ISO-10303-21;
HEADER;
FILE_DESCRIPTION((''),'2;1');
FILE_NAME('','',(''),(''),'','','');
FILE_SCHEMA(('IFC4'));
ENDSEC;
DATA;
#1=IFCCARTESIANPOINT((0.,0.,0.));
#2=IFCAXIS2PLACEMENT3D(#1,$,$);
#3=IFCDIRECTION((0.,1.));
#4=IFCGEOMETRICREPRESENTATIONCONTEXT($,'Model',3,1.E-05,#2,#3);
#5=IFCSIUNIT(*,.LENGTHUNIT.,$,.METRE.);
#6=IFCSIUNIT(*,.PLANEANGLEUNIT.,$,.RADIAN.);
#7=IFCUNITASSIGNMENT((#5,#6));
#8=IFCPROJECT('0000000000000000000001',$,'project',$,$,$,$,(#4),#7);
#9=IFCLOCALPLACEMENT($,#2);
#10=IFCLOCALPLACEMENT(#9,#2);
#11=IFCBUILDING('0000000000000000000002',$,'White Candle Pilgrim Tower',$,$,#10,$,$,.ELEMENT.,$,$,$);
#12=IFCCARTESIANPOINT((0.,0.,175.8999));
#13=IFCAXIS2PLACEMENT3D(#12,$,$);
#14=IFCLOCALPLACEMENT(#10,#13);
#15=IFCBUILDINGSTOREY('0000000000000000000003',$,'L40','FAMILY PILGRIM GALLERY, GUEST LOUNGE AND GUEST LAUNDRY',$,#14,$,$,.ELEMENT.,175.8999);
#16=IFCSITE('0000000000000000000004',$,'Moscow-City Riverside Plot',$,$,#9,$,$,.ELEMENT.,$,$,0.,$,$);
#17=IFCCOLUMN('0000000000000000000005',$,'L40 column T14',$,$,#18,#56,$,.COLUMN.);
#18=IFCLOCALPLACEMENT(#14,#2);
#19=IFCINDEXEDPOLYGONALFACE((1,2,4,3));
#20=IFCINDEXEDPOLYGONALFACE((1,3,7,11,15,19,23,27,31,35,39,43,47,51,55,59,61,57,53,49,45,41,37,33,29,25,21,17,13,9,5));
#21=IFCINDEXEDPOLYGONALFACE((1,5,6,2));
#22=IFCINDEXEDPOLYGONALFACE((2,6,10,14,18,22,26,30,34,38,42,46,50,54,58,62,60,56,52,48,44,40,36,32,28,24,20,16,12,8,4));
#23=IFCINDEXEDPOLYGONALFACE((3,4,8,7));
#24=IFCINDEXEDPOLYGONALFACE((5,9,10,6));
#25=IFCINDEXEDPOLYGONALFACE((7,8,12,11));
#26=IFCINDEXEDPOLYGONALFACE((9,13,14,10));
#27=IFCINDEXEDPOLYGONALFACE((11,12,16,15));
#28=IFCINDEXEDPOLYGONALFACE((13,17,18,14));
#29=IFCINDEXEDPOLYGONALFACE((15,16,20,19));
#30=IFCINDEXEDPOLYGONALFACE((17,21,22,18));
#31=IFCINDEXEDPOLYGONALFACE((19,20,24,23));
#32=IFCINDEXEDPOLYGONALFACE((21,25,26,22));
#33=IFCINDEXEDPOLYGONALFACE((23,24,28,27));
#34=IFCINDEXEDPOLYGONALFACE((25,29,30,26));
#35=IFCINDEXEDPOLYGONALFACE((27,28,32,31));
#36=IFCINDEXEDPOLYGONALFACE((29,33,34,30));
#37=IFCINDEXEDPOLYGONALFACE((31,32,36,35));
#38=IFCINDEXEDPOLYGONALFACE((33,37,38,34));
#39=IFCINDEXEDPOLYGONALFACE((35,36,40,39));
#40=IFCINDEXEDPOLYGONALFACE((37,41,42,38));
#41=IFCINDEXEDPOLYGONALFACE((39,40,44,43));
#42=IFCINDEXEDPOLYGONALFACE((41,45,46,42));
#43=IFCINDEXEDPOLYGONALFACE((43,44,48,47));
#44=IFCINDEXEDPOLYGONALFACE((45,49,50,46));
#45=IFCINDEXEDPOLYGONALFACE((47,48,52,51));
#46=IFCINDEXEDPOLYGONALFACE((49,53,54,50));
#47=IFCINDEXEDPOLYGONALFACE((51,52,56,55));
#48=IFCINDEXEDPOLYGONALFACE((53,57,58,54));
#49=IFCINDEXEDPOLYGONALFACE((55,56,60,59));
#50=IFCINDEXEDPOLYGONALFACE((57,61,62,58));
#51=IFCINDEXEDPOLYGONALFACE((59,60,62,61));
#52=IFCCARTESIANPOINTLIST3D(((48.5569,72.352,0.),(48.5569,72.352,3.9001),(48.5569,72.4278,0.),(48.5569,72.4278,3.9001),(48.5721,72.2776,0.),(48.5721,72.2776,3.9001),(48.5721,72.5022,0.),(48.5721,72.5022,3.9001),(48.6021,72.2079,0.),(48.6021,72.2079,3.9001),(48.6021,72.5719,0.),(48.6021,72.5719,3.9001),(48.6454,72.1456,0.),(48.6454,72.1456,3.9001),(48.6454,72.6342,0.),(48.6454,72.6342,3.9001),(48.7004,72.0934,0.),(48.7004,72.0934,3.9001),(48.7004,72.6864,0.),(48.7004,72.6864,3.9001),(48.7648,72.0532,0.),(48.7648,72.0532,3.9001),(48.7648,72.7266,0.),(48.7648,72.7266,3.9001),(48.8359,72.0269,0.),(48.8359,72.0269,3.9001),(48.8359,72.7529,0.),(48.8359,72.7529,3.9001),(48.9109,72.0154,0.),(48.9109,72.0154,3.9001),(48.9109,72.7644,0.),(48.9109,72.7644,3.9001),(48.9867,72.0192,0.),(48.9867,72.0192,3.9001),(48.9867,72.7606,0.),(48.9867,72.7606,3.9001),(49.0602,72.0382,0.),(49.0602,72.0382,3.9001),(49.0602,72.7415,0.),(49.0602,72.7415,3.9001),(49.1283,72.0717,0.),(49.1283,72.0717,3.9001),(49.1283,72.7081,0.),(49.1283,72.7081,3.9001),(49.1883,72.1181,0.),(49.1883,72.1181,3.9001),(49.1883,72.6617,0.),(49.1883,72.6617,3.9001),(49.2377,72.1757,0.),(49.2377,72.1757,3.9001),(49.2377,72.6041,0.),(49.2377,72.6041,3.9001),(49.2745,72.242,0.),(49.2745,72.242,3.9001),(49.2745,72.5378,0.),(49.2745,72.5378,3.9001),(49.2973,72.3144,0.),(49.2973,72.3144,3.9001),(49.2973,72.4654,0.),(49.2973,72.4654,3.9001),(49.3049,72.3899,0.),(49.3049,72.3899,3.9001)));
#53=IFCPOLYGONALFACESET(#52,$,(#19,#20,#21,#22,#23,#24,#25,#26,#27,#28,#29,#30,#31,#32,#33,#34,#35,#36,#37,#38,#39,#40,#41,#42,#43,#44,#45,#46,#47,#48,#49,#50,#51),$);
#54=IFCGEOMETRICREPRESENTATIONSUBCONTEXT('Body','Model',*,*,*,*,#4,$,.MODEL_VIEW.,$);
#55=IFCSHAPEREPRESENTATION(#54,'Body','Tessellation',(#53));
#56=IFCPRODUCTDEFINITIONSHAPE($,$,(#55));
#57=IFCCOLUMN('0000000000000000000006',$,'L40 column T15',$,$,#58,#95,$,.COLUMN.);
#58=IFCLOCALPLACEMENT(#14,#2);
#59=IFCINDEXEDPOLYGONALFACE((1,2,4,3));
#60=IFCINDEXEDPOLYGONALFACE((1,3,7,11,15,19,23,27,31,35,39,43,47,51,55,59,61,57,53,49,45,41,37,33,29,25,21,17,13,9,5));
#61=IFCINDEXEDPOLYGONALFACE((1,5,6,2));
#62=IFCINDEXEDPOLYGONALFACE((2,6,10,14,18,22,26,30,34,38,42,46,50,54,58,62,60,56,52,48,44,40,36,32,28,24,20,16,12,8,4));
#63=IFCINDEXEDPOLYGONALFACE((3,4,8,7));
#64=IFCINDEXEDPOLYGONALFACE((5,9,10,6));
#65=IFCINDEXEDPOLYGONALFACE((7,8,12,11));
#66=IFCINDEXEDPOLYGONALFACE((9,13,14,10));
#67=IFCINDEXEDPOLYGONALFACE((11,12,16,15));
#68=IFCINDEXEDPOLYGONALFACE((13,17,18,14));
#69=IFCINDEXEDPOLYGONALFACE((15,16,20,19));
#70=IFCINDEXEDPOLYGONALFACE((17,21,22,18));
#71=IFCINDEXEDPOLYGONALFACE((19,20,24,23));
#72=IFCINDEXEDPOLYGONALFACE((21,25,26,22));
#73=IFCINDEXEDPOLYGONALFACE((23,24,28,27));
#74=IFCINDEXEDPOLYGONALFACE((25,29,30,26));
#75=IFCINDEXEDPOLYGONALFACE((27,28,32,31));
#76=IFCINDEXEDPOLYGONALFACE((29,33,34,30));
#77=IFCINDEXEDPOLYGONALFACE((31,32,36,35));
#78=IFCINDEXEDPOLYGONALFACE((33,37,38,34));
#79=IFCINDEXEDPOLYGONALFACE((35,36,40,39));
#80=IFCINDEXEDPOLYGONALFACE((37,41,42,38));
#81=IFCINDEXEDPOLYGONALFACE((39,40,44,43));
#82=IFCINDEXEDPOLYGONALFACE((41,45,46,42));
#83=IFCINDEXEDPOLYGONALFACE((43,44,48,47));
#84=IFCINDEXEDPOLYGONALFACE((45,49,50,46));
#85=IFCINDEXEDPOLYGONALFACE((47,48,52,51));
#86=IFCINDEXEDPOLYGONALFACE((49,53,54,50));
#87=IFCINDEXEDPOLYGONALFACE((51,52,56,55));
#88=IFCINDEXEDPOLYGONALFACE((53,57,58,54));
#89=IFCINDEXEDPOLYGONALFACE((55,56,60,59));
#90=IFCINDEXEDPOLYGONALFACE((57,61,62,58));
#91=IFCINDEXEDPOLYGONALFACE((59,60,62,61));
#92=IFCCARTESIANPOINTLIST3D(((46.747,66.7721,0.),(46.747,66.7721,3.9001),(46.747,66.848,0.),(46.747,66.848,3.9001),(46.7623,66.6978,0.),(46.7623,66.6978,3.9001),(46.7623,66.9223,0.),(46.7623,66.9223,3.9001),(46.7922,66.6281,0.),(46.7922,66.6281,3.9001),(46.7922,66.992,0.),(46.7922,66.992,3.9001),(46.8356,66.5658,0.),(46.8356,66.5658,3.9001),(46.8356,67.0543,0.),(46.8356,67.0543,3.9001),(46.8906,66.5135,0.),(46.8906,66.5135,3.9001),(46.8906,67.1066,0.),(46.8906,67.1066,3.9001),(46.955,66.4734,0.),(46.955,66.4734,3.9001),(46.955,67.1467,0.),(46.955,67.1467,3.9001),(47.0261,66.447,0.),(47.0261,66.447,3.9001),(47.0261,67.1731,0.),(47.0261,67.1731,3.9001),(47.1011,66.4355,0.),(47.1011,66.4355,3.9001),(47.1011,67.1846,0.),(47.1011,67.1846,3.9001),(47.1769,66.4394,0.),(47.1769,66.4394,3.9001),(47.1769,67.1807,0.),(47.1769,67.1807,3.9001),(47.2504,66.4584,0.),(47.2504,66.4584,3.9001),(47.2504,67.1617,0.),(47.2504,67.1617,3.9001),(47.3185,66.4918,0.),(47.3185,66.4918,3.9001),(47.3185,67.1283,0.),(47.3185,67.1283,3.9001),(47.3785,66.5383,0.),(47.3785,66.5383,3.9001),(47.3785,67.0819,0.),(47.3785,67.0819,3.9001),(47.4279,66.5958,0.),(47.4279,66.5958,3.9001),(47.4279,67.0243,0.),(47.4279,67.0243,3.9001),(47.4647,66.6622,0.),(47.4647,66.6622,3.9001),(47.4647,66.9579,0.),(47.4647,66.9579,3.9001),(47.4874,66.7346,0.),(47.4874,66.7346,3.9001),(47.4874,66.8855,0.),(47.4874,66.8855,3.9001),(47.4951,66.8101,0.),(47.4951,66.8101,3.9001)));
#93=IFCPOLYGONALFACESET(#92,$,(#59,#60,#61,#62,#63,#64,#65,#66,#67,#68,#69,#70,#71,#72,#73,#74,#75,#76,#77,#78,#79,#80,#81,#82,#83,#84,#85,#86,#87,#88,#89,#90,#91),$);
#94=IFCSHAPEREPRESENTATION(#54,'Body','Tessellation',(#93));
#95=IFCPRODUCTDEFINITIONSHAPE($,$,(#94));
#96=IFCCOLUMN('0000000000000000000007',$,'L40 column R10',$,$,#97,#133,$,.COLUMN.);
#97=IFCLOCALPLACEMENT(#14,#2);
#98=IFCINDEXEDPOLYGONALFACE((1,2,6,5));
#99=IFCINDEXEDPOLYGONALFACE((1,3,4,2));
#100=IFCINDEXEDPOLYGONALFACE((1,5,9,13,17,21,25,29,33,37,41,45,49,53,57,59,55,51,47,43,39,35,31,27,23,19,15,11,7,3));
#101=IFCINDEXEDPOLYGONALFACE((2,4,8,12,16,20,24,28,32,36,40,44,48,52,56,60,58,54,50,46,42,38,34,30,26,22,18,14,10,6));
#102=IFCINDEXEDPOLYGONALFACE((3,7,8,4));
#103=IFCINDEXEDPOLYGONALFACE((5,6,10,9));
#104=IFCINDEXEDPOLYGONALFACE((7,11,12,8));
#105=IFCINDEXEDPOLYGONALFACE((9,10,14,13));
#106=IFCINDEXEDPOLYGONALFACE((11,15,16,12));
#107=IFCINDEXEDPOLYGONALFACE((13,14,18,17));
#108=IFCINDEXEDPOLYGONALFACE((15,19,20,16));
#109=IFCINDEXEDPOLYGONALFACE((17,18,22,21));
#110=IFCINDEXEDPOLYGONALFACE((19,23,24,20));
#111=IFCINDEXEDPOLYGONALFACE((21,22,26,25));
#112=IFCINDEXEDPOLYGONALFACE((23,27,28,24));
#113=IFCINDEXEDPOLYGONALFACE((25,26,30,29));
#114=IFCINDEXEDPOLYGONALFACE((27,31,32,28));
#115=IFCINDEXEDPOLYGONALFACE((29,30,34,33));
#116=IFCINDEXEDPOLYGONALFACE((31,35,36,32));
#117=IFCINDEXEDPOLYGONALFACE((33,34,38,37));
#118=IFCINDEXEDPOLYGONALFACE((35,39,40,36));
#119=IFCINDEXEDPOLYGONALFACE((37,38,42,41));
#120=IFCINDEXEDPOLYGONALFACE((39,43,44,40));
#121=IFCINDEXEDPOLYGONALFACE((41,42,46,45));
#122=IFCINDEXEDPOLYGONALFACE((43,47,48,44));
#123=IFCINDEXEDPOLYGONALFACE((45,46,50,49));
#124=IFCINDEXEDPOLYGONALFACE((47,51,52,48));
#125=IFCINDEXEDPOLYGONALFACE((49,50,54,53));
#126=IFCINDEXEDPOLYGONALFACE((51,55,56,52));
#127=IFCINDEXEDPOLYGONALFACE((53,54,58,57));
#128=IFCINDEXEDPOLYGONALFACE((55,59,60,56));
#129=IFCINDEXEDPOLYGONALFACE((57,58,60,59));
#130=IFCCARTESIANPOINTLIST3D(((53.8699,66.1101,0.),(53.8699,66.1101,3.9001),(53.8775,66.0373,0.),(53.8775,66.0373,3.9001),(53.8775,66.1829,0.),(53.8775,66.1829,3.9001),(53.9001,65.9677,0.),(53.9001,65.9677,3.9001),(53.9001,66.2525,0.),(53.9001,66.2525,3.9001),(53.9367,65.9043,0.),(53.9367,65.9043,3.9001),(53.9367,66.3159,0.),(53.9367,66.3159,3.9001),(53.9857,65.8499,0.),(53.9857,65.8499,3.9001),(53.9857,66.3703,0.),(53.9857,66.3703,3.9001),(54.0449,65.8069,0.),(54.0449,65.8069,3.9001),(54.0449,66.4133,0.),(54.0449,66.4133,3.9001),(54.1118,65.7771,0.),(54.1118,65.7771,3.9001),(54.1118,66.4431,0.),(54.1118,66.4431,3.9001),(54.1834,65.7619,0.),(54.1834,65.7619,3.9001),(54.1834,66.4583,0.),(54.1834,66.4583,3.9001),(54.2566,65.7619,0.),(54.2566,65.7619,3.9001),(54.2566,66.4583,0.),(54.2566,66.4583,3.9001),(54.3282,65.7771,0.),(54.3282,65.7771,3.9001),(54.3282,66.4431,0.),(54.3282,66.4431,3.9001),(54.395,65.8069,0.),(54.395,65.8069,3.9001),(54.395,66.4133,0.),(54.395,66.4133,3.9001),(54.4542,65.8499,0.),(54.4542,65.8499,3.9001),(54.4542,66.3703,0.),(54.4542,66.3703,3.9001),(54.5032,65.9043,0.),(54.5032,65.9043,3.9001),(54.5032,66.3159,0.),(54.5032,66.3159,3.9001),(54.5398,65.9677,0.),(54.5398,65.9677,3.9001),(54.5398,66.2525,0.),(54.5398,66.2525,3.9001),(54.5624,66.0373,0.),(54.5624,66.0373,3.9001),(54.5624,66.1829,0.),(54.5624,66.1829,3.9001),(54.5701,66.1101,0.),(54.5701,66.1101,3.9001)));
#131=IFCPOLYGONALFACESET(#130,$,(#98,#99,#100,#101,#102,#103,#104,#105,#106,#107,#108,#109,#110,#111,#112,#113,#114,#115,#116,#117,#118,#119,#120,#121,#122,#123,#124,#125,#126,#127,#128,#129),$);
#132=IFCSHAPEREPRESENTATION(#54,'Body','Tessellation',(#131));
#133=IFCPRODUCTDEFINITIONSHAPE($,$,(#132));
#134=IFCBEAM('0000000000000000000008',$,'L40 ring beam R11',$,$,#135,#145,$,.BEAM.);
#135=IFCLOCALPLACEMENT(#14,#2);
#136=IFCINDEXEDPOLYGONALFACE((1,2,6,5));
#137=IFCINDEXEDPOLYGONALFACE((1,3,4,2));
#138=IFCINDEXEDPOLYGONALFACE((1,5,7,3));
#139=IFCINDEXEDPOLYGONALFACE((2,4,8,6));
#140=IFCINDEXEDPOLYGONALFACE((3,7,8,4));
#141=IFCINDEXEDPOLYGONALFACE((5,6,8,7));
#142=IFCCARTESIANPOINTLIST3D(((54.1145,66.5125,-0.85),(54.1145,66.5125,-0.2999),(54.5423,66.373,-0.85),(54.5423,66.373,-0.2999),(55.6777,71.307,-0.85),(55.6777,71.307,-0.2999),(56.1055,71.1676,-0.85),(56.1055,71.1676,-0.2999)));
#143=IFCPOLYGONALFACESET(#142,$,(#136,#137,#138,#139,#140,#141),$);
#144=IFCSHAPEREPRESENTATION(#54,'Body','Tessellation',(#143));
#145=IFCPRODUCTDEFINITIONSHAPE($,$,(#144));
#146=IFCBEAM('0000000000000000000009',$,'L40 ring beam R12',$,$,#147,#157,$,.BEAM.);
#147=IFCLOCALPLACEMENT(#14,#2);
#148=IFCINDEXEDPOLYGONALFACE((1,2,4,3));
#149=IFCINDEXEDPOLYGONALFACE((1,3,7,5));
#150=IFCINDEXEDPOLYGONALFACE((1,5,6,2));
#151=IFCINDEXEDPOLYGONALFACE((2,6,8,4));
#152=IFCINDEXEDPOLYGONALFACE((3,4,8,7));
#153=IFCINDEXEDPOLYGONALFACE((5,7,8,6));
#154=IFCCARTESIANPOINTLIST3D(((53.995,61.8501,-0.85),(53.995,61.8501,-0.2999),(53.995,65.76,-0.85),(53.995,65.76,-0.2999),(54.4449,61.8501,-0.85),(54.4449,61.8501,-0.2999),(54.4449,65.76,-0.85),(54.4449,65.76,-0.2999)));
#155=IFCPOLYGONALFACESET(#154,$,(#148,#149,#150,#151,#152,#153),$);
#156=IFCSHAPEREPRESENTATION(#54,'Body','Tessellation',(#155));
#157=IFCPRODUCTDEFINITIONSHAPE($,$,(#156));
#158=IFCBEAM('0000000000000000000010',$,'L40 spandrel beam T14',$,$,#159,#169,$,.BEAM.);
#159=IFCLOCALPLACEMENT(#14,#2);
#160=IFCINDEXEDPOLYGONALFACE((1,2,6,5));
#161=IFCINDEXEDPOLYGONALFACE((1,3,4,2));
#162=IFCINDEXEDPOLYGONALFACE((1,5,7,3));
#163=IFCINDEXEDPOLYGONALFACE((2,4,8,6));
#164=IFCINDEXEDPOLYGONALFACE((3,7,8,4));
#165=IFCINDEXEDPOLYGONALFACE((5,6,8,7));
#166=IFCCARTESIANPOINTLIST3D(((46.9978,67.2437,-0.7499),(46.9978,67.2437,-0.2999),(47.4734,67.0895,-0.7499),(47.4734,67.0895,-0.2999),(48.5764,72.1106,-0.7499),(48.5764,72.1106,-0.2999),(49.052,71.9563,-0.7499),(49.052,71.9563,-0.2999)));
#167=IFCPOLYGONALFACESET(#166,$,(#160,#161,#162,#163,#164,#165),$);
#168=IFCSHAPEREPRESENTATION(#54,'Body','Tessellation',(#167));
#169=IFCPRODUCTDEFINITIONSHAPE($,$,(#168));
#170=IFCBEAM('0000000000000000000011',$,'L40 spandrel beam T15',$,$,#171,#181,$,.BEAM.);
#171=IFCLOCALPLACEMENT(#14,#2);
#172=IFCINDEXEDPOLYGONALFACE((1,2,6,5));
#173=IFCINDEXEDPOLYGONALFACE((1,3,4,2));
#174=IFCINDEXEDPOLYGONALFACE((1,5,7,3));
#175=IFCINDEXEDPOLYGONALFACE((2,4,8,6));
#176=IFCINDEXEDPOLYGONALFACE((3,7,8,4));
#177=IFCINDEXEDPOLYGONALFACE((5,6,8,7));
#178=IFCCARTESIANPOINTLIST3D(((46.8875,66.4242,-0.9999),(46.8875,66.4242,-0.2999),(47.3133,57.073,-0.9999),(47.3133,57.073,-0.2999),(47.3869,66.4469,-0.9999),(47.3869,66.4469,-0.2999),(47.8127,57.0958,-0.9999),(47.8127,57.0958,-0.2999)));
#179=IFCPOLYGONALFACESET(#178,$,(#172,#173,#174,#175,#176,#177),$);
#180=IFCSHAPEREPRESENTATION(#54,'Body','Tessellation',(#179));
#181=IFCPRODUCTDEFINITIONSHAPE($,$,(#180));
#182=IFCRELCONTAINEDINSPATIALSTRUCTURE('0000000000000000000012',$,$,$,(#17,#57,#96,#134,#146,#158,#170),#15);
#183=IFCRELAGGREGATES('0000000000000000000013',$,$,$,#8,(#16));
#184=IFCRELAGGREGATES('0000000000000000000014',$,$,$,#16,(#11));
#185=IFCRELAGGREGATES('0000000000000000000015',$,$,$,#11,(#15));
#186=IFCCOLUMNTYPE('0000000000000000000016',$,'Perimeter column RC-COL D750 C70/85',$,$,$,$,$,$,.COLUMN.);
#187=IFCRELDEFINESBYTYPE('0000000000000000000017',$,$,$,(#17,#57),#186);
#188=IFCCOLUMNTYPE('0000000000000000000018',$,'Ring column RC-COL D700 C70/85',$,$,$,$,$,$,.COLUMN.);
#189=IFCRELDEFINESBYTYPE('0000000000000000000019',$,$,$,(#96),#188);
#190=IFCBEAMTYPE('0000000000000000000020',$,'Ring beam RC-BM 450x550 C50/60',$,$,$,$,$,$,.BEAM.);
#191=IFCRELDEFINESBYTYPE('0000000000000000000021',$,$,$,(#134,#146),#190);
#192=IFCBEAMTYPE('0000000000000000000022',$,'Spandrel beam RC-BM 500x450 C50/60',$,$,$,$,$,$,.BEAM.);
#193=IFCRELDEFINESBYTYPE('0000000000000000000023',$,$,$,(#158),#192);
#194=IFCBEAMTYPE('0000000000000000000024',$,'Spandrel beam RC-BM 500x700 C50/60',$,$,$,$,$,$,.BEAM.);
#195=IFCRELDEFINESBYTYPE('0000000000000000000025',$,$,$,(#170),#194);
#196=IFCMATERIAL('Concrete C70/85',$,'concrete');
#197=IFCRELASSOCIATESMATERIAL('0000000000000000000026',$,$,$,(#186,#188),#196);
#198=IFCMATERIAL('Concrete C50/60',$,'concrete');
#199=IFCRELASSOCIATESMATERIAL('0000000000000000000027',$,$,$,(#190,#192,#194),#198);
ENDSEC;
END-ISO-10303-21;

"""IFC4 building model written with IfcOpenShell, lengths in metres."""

from ifc_helpers import new_model, si_unit, direction, frame, origin, origin_2d, place, context, subcontext, project, spatial, rectangle, circle, extrude, material, material_profile, profile_set, type_object, element, save


model = new_model("IFC4")

# Units and contexts
model_context = context("Model", 3, precision=1e-05, world=origin(), true_north=direction((0.0, 1.0)))
body_context = subcontext(model_context, "Body", "Model", "MODEL_VIEW")
ifc_project = project(units=[si_unit("LENGTHUNIT", "METRE"), si_unit("PLANEANGLEUNIT", "RADIAN")], contexts=[model_context])

# Site, building, storey
site_placement = place(None, origin())
site = spatial("IfcSite", under=ifc_project, at=site_placement, Name="Moscow-City Riverside Plot", CompositionType="ELEMENT", RefElevation=0.0)
building_placement = place(site_placement, origin())
building = spatial("IfcBuilding", under=site, at=building_placement, Name="White Candle Pilgrim Tower", CompositionType="ELEMENT")
storey_placement = place(building_placement, frame((0.0, 0.0, 175.8999)))
storey = spatial("IfcBuildingStorey", under=building, at=storey_placement, Name="L40", Description="FAMILY PILGRIM GALLERY, GUEST LOUNGE AND GUEST LAUNDRY", CompositionType="ELEMENT", Elevation=175.8999)

# Columns
ifc_material_1 = material(Name="Concrete C70/85", Category="concrete")
ifc_material_profile_1 = material_profile(ifc_material_1, circle(Radius=0.375, at=origin_2d()), Name="RC-COL D750")
ifc_profile_set_1 = profile_set([ifc_material_profile_1], Name="Concrete C70/85")
column_type_1 = type_object("IfcColumnType", Name="Perimeter column RC-COL D750 C70/85", PredefinedType="COLUMN", material=ifc_profile_set_1)
for number, where, z_axis, x_axis, name in (
    (1, (48.9299, 72.3899, 0.0), (0.0, 0.0, 1.0), (1.0, 0.0, 0.0), "L40 column T14"),
    (2, (47.1201, 66.8101, 0.0), (0.0, 0.0, 1.0), (1.0, 0.0, 0.0), "L40 column T15"),
):
    element("IfcColumn", number, at=place(storey_placement, frame(where, z_axis=z_axis, x_axis=x_axis)), inside=storey, type_object=column_type_1, Name=name, PredefinedType="COLUMN", context=body_context, shape_type="SweptSolid", body=[
        extrude(circle(Radius=0.375, at=origin_2d()), origin(), (0.0, 0.0, 1.0), 3.9001),
    ])
ifc_material_profile_2 = material_profile(ifc_material_1, circle(Radius=0.3501, at=origin_2d()), Name="RC-COL D700")
ifc_profile_set_2 = profile_set([ifc_material_profile_2], Name="Concrete C70/85")
column_type_2 = type_object("IfcColumnType", Name="Ring column RC-COL D700 C70/85", PredefinedType="COLUMN", material=ifc_profile_set_2)
column_placement = place(storey_placement, frame((54.22, 66.1101, 0.0), z_axis=(0.0, 0.0, 1.0), x_axis=(1.0, 0.0, 0.0)))
element("IfcColumn", 3, at=column_placement, inside=storey, type_object=column_type_2, Name="L40 column R10", PredefinedType="COLUMN", context=body_context, shape_type="SweptSolid", body=[
    extrude(circle(Radius=0.3501, at=origin_2d()), origin(), (0.0, 0.0, 1.0), 3.9001),
])

# Beams
ifc_material_2 = material(Name="Concrete C50/60", Category="concrete")
ifc_material_profile_3 = material_profile(ifc_material_2, rectangle(XDim=0.45, YDim=0.55, at=origin_2d()), Name="RC-BM 450x550")
ifc_profile_set_3 = profile_set([ifc_material_profile_3], Name="Concrete C50/60")
beam_type_1 = type_object("IfcBeamType", Name="Ring beam RC-BM 450x550 C50/60", PredefinedType="BEAM", material=ifc_profile_set_3)
beam_1_placement = place(storey_placement, frame((55.8916, 71.2373, -0.575), z_axis=(-0.309976, -0.950744, 0.0), x_axis=(0.950744, -0.309976, 0.0)))
element("IfcBeam", 4, at=beam_1_placement, inside=storey, type_object=beam_type_1, Name="L40 ring beam R11", PredefinedType="BEAM", context=body_context, shape_type="SweptSolid", body=[
    extrude(rectangle(XDim=0.45, YDim=0.55, at=origin_2d()), origin(), (0.0, 0.0, 1.0), 5.043),
])
beam_2_placement = place(storey_placement, frame((54.22, 65.76, -0.575), z_axis=(0.0, -1.0, 0.0), x_axis=(1.0, 0.0, 0.0)))
element("IfcBeam", 5, at=beam_2_placement, inside=storey, type_object=beam_type_1, Name="L40 ring beam R12", PredefinedType="BEAM", context=body_context, shape_type="SweptSolid", body=[
    extrude(rectangle(XDim=0.45, YDim=0.55, at=origin_2d()), origin(), (0.0, 0.0, 1.0), 3.9099),
])
ifc_material_profile_4 = material_profile(ifc_material_2, rectangle(XDim=0.5, YDim=0.45, at=origin_2d()), Name="RC-BM 500x450")
ifc_profile_set_4 = profile_set([ifc_material_profile_4], Name="Concrete C50/60")
beam_type_2 = type_object("IfcBeamType", Name="Spandrel beam RC-BM 500x450 C50/60", PredefinedType="BEAM", material=ifc_profile_set_4)
beam_3_placement = place(storey_placement, frame((48.8142, 72.0334, -0.5249), z_axis=(-0.30853, -0.951214, 0.0), x_axis=(0.951214, -0.30853, 0.0)))
element("IfcBeam", 6, at=beam_3_placement, inside=storey, type_object=beam_type_2, Name="L40 spandrel beam T14", PredefinedType="BEAM", context=body_context, shape_type="SweptSolid", body=[
    extrude(rectangle(XDim=0.5, YDim=0.45, at=origin_2d()), origin(), (0.0, 0.0, 1.0), 5.1165),
])
ifc_material_profile_5 = material_profile(ifc_material_2, rectangle(XDim=0.5, YDim=0.7, at=origin_2d()), Name="RC-BM 500x700")
ifc_profile_set_5 = profile_set([ifc_material_profile_5], Name="Concrete C50/60")
beam_type_3 = type_object("IfcBeamType", Name="Spandrel beam RC-BM 500x700 C50/60", PredefinedType="BEAM", material=ifc_profile_set_5)
beam_4_placement = place(storey_placement, frame((47.1372, 66.4355, -0.6499), z_axis=(0.045486, -0.998965, 0.0), x_axis=(0.998965, 0.045486, 0.0)))
element("IfcBeam", 7, at=beam_4_placement, inside=storey, type_object=beam_type_3, Name="L40 spandrel beam T15", PredefinedType="BEAM", context=body_context, shape_type="SweptSolid", body=[
    extrude(rectangle(XDim=0.5, YDim=0.7, at=origin_2d()), origin(), (0.0, 0.0, 1.0), 9.3608),
])

save(model, "model.ifc")
